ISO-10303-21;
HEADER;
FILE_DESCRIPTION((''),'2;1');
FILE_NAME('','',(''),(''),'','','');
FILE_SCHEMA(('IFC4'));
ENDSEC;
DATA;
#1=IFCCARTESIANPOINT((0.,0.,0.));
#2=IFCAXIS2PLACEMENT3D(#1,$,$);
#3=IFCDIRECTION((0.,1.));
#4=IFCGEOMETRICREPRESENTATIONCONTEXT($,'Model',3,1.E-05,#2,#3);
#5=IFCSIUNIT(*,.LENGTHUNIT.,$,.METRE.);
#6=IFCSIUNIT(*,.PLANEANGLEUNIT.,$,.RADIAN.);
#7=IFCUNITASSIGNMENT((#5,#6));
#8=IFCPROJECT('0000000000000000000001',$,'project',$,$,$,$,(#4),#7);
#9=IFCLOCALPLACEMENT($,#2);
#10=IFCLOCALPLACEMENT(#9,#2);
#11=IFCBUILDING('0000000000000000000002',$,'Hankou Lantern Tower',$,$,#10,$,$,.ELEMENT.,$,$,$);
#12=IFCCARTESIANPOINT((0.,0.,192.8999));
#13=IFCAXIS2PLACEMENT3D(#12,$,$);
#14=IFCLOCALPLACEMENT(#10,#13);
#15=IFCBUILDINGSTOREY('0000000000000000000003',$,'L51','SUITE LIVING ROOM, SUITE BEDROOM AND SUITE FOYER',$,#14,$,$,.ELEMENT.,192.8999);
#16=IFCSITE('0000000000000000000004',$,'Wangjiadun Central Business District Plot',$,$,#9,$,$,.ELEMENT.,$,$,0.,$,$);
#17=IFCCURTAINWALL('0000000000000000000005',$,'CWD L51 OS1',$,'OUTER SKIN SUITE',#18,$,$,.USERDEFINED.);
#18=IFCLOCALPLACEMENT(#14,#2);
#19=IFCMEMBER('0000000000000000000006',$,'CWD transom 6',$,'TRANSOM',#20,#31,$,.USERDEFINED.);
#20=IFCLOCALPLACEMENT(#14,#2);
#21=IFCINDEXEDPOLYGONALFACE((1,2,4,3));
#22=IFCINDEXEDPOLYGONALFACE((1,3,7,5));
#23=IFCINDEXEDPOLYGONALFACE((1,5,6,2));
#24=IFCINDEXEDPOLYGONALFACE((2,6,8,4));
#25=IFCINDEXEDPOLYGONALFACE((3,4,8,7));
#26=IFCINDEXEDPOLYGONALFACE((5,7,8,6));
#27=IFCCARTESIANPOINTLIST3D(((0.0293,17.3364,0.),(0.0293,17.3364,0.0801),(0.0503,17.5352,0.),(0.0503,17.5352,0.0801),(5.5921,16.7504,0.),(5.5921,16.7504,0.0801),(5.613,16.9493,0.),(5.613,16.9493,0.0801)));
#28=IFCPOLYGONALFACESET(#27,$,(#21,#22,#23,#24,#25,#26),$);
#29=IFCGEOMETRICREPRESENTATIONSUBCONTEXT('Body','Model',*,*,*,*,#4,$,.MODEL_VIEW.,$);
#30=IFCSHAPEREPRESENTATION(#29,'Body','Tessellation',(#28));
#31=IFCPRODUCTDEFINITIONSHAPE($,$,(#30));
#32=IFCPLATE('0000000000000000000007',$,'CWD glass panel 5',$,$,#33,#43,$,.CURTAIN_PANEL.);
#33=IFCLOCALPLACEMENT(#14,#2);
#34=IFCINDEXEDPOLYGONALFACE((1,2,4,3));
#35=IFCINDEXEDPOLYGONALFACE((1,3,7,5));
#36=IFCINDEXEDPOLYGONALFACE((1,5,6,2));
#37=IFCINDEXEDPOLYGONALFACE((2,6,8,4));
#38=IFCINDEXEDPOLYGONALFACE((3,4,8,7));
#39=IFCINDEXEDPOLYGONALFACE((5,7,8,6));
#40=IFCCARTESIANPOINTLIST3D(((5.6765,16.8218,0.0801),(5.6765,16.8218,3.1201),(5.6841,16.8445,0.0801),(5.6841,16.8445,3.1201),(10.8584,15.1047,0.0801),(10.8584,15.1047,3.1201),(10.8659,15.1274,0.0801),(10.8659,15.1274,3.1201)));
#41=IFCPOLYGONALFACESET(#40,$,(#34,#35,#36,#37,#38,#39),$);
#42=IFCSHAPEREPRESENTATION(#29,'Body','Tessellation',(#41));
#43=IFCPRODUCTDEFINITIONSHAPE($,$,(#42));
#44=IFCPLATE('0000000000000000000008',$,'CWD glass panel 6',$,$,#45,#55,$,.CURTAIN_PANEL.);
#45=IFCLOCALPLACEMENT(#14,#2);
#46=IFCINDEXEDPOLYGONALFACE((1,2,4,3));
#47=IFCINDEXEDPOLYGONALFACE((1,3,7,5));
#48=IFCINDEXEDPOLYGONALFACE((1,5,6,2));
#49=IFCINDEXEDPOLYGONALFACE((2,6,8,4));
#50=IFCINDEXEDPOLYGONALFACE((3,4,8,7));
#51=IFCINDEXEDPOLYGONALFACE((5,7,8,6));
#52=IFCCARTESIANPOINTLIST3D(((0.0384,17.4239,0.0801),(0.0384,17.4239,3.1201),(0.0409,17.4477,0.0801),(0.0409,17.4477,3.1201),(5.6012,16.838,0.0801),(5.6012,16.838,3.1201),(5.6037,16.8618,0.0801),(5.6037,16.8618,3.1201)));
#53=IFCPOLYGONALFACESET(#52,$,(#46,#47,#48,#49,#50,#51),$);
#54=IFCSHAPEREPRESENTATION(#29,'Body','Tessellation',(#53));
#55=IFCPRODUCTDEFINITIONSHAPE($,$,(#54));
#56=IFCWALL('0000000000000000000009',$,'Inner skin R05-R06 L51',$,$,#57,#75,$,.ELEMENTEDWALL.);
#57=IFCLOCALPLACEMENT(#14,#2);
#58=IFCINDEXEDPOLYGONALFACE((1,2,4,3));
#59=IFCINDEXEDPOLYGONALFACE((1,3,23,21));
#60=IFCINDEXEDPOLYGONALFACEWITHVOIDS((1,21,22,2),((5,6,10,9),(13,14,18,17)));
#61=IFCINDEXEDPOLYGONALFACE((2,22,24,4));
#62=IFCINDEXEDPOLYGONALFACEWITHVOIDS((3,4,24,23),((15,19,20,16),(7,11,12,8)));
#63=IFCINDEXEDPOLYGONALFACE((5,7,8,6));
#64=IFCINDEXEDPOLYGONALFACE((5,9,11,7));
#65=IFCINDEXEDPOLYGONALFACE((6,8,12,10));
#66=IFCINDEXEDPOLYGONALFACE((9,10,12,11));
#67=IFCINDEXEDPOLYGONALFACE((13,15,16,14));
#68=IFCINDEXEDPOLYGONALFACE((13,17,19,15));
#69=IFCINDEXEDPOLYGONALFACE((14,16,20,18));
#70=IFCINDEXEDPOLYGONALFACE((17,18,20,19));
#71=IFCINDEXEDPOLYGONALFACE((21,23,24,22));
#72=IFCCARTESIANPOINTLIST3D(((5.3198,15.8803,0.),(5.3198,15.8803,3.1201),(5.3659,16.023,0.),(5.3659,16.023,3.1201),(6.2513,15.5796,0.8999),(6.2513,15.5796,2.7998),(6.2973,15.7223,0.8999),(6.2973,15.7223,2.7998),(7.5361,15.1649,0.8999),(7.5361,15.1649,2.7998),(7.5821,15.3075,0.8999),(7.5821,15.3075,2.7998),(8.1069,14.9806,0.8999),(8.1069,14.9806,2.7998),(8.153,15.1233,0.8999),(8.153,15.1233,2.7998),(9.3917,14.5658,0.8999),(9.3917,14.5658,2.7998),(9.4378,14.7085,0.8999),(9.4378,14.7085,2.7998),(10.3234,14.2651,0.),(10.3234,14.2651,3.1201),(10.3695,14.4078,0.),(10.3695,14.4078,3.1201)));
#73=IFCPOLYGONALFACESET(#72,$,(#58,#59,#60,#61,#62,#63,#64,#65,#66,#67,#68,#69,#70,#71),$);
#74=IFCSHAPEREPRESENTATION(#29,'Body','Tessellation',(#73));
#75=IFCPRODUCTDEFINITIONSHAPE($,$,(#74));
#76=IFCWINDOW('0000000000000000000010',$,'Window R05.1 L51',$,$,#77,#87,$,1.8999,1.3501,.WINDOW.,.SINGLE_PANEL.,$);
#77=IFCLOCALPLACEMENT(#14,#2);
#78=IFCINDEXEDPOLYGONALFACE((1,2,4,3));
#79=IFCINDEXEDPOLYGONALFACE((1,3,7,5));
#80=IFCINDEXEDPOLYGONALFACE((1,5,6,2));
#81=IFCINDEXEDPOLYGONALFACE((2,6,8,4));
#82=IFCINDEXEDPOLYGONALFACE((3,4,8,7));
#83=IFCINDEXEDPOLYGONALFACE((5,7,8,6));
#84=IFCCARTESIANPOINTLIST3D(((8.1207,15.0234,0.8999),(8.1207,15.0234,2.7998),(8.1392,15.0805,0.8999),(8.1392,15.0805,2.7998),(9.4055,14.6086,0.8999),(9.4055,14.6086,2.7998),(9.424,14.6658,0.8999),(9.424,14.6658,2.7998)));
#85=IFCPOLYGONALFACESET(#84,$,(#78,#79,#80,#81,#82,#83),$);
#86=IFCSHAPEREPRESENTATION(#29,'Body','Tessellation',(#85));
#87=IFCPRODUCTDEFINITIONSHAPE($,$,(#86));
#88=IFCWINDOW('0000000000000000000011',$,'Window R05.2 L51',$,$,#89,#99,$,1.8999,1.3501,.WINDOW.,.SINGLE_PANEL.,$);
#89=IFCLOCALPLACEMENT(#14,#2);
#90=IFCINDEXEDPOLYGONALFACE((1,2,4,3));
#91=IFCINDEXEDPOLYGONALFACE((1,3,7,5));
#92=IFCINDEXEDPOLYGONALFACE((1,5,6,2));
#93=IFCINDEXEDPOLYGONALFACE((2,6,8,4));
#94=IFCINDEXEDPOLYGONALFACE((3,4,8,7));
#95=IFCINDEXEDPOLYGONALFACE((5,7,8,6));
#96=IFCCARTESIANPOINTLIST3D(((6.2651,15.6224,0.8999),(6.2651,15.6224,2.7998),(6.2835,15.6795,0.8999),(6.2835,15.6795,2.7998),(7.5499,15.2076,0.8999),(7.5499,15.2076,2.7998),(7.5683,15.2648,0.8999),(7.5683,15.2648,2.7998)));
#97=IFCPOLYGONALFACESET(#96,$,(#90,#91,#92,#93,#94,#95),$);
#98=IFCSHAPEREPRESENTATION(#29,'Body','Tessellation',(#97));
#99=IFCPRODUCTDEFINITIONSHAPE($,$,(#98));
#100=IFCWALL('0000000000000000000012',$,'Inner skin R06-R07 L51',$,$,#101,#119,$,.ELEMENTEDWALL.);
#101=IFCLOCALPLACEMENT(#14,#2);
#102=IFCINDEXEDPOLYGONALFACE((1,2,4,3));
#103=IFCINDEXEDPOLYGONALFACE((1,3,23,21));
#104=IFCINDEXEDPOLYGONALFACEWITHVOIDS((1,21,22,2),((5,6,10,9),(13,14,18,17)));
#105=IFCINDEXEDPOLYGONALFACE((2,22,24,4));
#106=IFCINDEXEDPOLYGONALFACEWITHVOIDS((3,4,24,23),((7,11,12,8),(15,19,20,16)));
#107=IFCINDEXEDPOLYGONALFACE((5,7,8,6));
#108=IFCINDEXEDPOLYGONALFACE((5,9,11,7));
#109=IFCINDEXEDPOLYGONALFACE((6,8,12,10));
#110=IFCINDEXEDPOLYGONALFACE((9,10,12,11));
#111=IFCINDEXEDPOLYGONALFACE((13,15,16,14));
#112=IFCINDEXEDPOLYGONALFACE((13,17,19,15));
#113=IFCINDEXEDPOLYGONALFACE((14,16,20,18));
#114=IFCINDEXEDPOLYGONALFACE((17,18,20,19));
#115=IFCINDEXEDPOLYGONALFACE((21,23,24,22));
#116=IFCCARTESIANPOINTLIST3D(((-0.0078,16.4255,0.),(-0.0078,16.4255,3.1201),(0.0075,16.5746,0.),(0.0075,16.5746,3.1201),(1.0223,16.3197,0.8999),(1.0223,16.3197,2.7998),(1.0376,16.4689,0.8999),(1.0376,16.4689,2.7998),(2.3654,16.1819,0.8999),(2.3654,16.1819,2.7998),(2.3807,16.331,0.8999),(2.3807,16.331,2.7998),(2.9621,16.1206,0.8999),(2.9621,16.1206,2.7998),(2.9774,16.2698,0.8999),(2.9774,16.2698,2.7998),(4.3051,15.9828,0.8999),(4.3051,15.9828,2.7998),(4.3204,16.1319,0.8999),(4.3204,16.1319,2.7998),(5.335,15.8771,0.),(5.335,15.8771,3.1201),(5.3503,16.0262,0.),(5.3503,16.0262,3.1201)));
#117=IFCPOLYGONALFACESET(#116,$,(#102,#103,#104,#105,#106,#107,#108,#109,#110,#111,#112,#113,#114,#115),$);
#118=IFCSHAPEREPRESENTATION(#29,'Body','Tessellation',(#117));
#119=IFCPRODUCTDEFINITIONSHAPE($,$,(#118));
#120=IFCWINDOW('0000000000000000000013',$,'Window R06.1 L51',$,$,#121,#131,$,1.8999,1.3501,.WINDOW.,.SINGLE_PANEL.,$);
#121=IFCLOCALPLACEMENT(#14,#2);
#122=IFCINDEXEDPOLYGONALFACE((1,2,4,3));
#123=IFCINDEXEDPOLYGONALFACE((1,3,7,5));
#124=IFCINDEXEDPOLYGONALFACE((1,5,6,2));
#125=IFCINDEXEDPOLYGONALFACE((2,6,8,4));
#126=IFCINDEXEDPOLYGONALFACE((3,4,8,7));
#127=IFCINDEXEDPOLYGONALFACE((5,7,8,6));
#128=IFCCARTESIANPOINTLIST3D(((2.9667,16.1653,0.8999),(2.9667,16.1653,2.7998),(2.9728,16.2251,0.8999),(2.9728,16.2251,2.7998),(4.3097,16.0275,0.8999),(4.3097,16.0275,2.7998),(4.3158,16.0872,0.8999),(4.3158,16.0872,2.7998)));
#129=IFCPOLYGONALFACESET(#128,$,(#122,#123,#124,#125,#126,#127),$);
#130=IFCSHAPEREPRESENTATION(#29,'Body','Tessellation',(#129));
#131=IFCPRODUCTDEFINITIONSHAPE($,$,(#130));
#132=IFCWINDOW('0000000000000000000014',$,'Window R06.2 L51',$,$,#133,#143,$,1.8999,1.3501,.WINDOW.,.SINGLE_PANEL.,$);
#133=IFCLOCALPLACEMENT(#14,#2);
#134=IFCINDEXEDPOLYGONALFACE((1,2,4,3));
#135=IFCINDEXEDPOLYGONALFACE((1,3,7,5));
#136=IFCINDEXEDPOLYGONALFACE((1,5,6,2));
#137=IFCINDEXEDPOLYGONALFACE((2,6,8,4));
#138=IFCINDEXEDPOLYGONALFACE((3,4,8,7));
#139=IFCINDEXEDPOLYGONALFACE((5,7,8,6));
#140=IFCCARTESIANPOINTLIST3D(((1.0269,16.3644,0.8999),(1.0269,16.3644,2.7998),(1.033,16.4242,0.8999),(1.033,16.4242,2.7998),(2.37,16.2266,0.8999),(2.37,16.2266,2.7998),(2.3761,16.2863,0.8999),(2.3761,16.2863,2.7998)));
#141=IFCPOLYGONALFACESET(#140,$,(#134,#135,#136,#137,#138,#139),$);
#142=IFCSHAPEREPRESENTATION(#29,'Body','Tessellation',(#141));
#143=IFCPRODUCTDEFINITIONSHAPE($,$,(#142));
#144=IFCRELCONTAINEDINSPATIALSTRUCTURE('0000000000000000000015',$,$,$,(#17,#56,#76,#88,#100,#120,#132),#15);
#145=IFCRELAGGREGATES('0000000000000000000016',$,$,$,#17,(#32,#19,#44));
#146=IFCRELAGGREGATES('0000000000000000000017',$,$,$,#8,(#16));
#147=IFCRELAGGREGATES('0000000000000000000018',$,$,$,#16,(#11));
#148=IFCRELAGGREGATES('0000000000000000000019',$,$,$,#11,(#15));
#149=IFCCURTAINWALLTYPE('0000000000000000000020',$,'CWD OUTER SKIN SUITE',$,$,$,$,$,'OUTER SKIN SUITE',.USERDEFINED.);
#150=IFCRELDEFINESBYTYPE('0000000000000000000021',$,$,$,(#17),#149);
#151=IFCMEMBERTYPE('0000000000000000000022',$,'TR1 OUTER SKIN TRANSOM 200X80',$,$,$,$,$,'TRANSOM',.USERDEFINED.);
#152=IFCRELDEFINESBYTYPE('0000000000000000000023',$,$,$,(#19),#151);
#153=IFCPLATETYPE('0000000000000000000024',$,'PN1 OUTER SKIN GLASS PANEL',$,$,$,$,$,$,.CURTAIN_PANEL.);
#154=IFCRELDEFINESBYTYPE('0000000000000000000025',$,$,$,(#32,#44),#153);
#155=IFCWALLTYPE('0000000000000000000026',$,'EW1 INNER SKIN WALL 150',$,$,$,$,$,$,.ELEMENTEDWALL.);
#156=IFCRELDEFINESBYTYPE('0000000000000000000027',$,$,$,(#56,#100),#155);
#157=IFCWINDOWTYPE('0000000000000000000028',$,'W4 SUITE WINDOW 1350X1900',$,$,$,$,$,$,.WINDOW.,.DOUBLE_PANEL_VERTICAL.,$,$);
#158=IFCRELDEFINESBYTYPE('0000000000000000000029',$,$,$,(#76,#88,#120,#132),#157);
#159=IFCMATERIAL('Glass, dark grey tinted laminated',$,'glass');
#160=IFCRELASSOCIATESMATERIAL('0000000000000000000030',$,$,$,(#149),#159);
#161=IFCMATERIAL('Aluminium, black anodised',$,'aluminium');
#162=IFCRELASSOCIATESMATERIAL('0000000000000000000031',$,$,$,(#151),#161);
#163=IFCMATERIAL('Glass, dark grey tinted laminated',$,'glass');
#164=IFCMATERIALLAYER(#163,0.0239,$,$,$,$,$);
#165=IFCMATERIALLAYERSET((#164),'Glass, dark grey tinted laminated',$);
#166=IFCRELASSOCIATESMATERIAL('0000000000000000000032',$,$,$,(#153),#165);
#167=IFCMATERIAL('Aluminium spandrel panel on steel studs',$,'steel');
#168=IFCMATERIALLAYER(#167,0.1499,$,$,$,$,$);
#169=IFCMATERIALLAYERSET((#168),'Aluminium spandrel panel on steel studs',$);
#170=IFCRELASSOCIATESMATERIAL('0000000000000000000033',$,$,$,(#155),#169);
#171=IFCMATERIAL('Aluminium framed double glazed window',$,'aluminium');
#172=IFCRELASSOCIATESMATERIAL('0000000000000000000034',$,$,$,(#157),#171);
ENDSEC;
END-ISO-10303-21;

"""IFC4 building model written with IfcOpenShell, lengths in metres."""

from ifc_helpers import new_model, si_unit, direction, frame, frame_2d, origin, origin_2d, place, context, subcontext, project, spatial, rectangle, extrude, material, layer, layer_set, material_profile, profile_set, type_object, element, fill, aggregate, save


model = new_model("IFC4")

# Units and contexts
model_context = context("Model", 3, precision=1e-05, world=origin(), true_north=direction((0.0, 1.0)))
body_context = subcontext(model_context, "Body", "Model", "MODEL_VIEW")
ifc_project = project(units=[si_unit("LENGTHUNIT", "METRE"), si_unit("PLANEANGLEUNIT", "RADIAN")], contexts=[model_context])

# Site, building, storey
site_placement = place(None, origin())
site = spatial("IfcSite", under=ifc_project, at=site_placement, Name="Wangjiadun Central Business District Plot", CompositionType="ELEMENT", RefElevation=0.0)
building_placement = place(site_placement, origin())
building = spatial("IfcBuilding", under=site, at=building_placement, Name="Hankou Lantern Tower", CompositionType="ELEMENT")
storey_placement = place(building_placement, frame((0.0, 0.0, 192.8999)))
storey = spatial("IfcBuildingStorey", under=building, at=storey_placement, Name="L51", Description="SUITE LIVING ROOM, SUITE BEDROOM AND SUITE FOYER", CompositionType="ELEMENT", Elevation=192.8999)

# Curtain wall
ifc_material_1 = material(Name="Glass, dark grey tinted laminated", Category="glass")
curtain_wall_type = type_object("IfcCurtainWallType", Name="CWD OUTER SKIN SUITE", ElementType="OUTER SKIN SUITE", PredefinedType="USERDEFINED", material=ifc_material_1)
curtain_wall_1_placement = place(storey_placement, origin())
curtain_wall_1 = element("IfcCurtainWall", 1, at=curtain_wall_1_placement, inside=storey, type_object=curtain_wall_type, Name="CWD L51 OS1", ObjectType="OUTER SKIN SUITE", PredefinedType="USERDEFINED")

# Member
ifc_material_2 = material(Name="Aluminium, black anodised", Category="aluminium")
ifc_material_profile_1 = material_profile(ifc_material_2, rectangle(XDim=0.2, YDim=0.0801, at=origin_2d()), Name="TR1 200X80")
ifc_profile_set_1 = profile_set([ifc_material_profile_1], Name="Aluminium, black anodised")
member_type_1 = type_object("IfcMemberType", Name="TR1 OUTER SKIN TRANSOM 200X80", ElementType="TRANSOM", PredefinedType="USERDEFINED", material=ifc_profile_set_1)
member_1_placement = place(storey_placement, frame((5.6025, 16.8499, 0.04), z_axis=(-0.994498, 0.104753, 0.0), x_axis=(-0.104753, -0.994498, 0.0)))
member_1 = element("IfcMember", 2, at=member_1_placement, type_object=member_type_1, Name="CWD transom 6", ObjectType="TRANSOM", PredefinedType="USERDEFINED", context=body_context, shape_type="SweptSolid", body=[
    extrude(rectangle(XDim=0.2, YDim=0.0801, at=origin_2d()), origin(), (0.0, 0.0, 1.0), 5.5935),
])

# Plates
ifc_material_3 = material(Name="Glass, dark grey tinted laminated", Category="glass")
ifc_layer_1 = layer(ifc_material_3, 0.0239)
ifc_layer_set_1 = layer_set([ifc_layer_1], Name="Glass, dark grey tinted laminated")
plate_type = type_object("IfcPlateType", Name="PN1 OUTER SKIN GLASS PANEL", PredefinedType="CURTAIN_PANEL", material=ifc_layer_set_1)
plate_1_placement = place(storey_placement, frame((8.2712, 15.9746, 0.0801), z_axis=(0.0, 0.0, 1.0), x_axis=(-0.949241, 0.314551, 0.0)))
plate_1 = element("IfcPlate", 3, at=plate_1_placement, type_object=plate_type, Name="CWD glass panel 5", PredefinedType="CURTAIN_PANEL", context=body_context, shape_type="SweptSolid", body=[
    extrude(rectangle(XDim=5.459, YDim=0.0239, at=origin_2d()), origin(), (0.0, 0.0, 1.0), 3.04),
])
plate_2_placement = place(storey_placement, frame((2.821, 17.1428, 0.0801), z_axis=(0.0, 0.0, 1.0), x_axis=(-0.994499, 0.104743, 0.0)))
plate_2 = element("IfcPlate", 4, at=plate_2_placement, type_object=plate_type, Name="CWD glass panel 6", PredefinedType="CURTAIN_PANEL", context=body_context, shape_type="SweptSolid", body=[
    extrude(rectangle(XDim=5.5935, YDim=0.0239, at=origin_2d()), origin(), (0.0, 0.0, 1.0), 3.04),
])
aggregate(curtain_wall_1, [plate_1, member_1, plate_2])

# Walls, openings, windows
ifc_material_4 = material(Name="Aluminium spandrel panel on steel studs", Category="steel")
ifc_layer_2 = layer(ifc_material_4, 0.1499)
ifc_layer_set_2 = layer_set([ifc_layer_2], Name="Aluminium spandrel panel on steel studs")
wall_type_1 = type_object("IfcWallType", Name="EW1 INNER SKIN WALL 150", PredefinedType="ELEMENTEDWALL", material=ifc_layer_set_2)
wall_1_placement = place(storey_placement, frame((10.3464, 14.3364, 0.0), z_axis=(0.0, 0.0, 1.0), x_axis=(-0.951645, 0.307201, 0.0)))
wall_1 = element("IfcWall", 5, at=wall_1_placement, inside=storey, type_object=wall_type_1, Name="Inner skin R05-R06 L51", PredefinedType="ELEMENTEDWALL", context=body_context, shape_type="SweptSolid", body=[
    extrude(rectangle(XDim=5.2578, YDim=0.1499, at=frame_2d((2.6289, 0.0))), origin(), (0.0, 0.0, 1.0), 3.1201),
])
opening_1_placement = place(wall_1_placement, frame((0.979, 0.0, 0.8999)))
opening_1 = element("IfcOpeningElement", 6, at=opening_1_placement, cuts=wall_1, PredefinedType="OPENING", context=body_context, shape_type="SweptSolid", body=[
    extrude(rectangle(XDim=1.3501, YDim=1.8999, at=frame_2d((0.675, 0.95))), frame((0.0, 0.085, 0.0), z_axis=(0.0, -1.0, 0.0), x_axis=(1.0, 0.0, 0.0)), (0.0, 0.0, 1.0), 0.1699),
])
opening_2_placement = place(wall_1_placement, frame((2.929, 0.0, 0.8999)))
opening_2 = element("IfcOpeningElement", 7, at=opening_2_placement, cuts=wall_1, PredefinedType="OPENING", context=body_context, shape_type="SweptSolid", body=[
    extrude(rectangle(XDim=1.3501, YDim=1.8999, at=frame_2d((0.675, 0.95))), frame((0.0, 0.085, 0.0), z_axis=(0.0, -1.0, 0.0), x_axis=(1.0, 0.0, 0.0)), (0.0, 0.0, 1.0), 0.1699),
])
ifc_material_5 = material(Name="Aluminium framed double glazed window", Category="aluminium")
window_type = type_object("IfcWindowType", Name="W4 SUITE WINDOW 1350X1900", PartitioningType="DOUBLE_PANEL_VERTICAL", PredefinedType="WINDOW", material=ifc_material_5)
window_1_placement = place(opening_1_placement, origin())
window_1 = element("IfcWindow", 8, at=window_1_placement, inside=storey, type_object=window_type, Name="Window R05.1 L51", OverallHeight=1.8999, OverallWidth=1.3501, PartitioningType="SINGLE_PANEL", PredefinedType="WINDOW", context=body_context, shape_type="SweptSolid", body=[
    extrude(rectangle(XDim=1.3501, YDim=1.8999, at=frame_2d((0.675, 0.95))), frame((0.0, 0.03, 0.0), z_axis=(0.0, -1.0, 0.0), x_axis=(1.0, 0.0, 0.0)), (0.0, 0.0, 1.0), 0.0601),
])
fill(opening_1, window_1)
window_2_placement = place(opening_2_placement, origin())
window_2 = element("IfcWindow", 9, at=window_2_placement, inside=storey, type_object=window_type, Name="Window R05.2 L51", OverallHeight=1.8999, OverallWidth=1.3501, PartitioningType="SINGLE_PANEL", PredefinedType="WINDOW", context=body_context, shape_type="SweptSolid", body=[
    extrude(rectangle(XDim=1.3501, YDim=1.8999, at=frame_2d((0.675, 0.95))), frame((0.0, 0.03, 0.0), z_axis=(0.0, -1.0, 0.0), x_axis=(1.0, 0.0, 0.0)), (0.0, 0.0, 1.0), 0.0601),
])
fill(opening_2, window_2)
wall_2_placement = place(storey_placement, frame((5.3428, 15.9517, 0.0), z_axis=(0.0, 0.0, 1.0), x_axis=(-0.994775, 0.102096, 0.0)))
wall_2 = element("IfcWall", 10, at=wall_2_placement, inside=storey, type_object=wall_type_1, Name="Inner skin R06-R07 L51", PredefinedType="ELEMENTEDWALL", context=body_context, shape_type="SweptSolid", body=[
    extrude(rectangle(XDim=5.3708, YDim=0.1499, at=frame_2d((2.6855, 0.0))), origin(), (0.0, 0.0, 1.0), 3.1201),
])
opening_3_placement = place(wall_2_placement, frame((1.0354, 0.0, 0.8999)))
opening_3 = element("IfcOpeningElement", 11, at=opening_3_placement, cuts=wall_2, PredefinedType="OPENING", context=body_context, shape_type="SweptSolid", body=[
    extrude(rectangle(XDim=1.3501, YDim=1.8999, at=frame_2d((0.675, 0.95))), frame((0.0, 0.085, 0.0), z_axis=(0.0, -1.0, 0.0), x_axis=(1.0, 0.0, 0.0)), (0.0, 0.0, 1.0), 0.1699),
])
opening_4_placement = place(wall_2_placement, frame((2.9854, 0.0, 0.8999)))
opening_4 = element("IfcOpeningElement", 12, at=opening_4_placement, cuts=wall_2, PredefinedType="OPENING", context=body_context, shape_type="SweptSolid", body=[
    extrude(rectangle(XDim=1.3501, YDim=1.8999, at=frame_2d((0.675, 0.95))), frame((0.0, 0.085, 0.0), z_axis=(0.0, -1.0, 0.0), x_axis=(1.0, 0.0, 0.0)), (0.0, 0.0, 1.0), 0.1699),
])
window_3_placement = place(opening_3_placement, origin())
window_3 = element("IfcWindow", 13, at=window_3_placement, inside=storey, type_object=window_type, Name="Window R06.1 L51", OverallHeight=1.8999, OverallWidth=1.3501, PartitioningType="SINGLE_PANEL", PredefinedType="WINDOW", context=body_context, shape_type="SweptSolid", body=[
    extrude(rectangle(XDim=1.3501, YDim=1.8999, at=frame_2d((0.675, 0.95))), frame((0.0, 0.03, 0.0), z_axis=(0.0, -1.0, 0.0), x_axis=(1.0, 0.0, 0.0)), (0.0, 0.0, 1.0), 0.0601),
])
fill(opening_3, window_3)
window_4_placement = place(opening_4_placement, origin())
window_4 = element("IfcWindow", 14, at=window_4_placement, inside=storey, type_object=window_type, Name="Window R06.2 L51", OverallHeight=1.8999, OverallWidth=1.3501, PartitioningType="SINGLE_PANEL", PredefinedType="WINDOW", context=body_context, shape_type="SweptSolid", body=[
    extrude(rectangle(XDim=1.3501, YDim=1.8999, at=frame_2d((0.675, 0.95))), frame((0.0, 0.03, 0.0), z_axis=(0.0, -1.0, 0.0), x_axis=(1.0, 0.0, 0.0)), (0.0, 0.0, 1.0), 0.0601),
])
fill(opening_4, window_4)

save(model, "model.ifc")
